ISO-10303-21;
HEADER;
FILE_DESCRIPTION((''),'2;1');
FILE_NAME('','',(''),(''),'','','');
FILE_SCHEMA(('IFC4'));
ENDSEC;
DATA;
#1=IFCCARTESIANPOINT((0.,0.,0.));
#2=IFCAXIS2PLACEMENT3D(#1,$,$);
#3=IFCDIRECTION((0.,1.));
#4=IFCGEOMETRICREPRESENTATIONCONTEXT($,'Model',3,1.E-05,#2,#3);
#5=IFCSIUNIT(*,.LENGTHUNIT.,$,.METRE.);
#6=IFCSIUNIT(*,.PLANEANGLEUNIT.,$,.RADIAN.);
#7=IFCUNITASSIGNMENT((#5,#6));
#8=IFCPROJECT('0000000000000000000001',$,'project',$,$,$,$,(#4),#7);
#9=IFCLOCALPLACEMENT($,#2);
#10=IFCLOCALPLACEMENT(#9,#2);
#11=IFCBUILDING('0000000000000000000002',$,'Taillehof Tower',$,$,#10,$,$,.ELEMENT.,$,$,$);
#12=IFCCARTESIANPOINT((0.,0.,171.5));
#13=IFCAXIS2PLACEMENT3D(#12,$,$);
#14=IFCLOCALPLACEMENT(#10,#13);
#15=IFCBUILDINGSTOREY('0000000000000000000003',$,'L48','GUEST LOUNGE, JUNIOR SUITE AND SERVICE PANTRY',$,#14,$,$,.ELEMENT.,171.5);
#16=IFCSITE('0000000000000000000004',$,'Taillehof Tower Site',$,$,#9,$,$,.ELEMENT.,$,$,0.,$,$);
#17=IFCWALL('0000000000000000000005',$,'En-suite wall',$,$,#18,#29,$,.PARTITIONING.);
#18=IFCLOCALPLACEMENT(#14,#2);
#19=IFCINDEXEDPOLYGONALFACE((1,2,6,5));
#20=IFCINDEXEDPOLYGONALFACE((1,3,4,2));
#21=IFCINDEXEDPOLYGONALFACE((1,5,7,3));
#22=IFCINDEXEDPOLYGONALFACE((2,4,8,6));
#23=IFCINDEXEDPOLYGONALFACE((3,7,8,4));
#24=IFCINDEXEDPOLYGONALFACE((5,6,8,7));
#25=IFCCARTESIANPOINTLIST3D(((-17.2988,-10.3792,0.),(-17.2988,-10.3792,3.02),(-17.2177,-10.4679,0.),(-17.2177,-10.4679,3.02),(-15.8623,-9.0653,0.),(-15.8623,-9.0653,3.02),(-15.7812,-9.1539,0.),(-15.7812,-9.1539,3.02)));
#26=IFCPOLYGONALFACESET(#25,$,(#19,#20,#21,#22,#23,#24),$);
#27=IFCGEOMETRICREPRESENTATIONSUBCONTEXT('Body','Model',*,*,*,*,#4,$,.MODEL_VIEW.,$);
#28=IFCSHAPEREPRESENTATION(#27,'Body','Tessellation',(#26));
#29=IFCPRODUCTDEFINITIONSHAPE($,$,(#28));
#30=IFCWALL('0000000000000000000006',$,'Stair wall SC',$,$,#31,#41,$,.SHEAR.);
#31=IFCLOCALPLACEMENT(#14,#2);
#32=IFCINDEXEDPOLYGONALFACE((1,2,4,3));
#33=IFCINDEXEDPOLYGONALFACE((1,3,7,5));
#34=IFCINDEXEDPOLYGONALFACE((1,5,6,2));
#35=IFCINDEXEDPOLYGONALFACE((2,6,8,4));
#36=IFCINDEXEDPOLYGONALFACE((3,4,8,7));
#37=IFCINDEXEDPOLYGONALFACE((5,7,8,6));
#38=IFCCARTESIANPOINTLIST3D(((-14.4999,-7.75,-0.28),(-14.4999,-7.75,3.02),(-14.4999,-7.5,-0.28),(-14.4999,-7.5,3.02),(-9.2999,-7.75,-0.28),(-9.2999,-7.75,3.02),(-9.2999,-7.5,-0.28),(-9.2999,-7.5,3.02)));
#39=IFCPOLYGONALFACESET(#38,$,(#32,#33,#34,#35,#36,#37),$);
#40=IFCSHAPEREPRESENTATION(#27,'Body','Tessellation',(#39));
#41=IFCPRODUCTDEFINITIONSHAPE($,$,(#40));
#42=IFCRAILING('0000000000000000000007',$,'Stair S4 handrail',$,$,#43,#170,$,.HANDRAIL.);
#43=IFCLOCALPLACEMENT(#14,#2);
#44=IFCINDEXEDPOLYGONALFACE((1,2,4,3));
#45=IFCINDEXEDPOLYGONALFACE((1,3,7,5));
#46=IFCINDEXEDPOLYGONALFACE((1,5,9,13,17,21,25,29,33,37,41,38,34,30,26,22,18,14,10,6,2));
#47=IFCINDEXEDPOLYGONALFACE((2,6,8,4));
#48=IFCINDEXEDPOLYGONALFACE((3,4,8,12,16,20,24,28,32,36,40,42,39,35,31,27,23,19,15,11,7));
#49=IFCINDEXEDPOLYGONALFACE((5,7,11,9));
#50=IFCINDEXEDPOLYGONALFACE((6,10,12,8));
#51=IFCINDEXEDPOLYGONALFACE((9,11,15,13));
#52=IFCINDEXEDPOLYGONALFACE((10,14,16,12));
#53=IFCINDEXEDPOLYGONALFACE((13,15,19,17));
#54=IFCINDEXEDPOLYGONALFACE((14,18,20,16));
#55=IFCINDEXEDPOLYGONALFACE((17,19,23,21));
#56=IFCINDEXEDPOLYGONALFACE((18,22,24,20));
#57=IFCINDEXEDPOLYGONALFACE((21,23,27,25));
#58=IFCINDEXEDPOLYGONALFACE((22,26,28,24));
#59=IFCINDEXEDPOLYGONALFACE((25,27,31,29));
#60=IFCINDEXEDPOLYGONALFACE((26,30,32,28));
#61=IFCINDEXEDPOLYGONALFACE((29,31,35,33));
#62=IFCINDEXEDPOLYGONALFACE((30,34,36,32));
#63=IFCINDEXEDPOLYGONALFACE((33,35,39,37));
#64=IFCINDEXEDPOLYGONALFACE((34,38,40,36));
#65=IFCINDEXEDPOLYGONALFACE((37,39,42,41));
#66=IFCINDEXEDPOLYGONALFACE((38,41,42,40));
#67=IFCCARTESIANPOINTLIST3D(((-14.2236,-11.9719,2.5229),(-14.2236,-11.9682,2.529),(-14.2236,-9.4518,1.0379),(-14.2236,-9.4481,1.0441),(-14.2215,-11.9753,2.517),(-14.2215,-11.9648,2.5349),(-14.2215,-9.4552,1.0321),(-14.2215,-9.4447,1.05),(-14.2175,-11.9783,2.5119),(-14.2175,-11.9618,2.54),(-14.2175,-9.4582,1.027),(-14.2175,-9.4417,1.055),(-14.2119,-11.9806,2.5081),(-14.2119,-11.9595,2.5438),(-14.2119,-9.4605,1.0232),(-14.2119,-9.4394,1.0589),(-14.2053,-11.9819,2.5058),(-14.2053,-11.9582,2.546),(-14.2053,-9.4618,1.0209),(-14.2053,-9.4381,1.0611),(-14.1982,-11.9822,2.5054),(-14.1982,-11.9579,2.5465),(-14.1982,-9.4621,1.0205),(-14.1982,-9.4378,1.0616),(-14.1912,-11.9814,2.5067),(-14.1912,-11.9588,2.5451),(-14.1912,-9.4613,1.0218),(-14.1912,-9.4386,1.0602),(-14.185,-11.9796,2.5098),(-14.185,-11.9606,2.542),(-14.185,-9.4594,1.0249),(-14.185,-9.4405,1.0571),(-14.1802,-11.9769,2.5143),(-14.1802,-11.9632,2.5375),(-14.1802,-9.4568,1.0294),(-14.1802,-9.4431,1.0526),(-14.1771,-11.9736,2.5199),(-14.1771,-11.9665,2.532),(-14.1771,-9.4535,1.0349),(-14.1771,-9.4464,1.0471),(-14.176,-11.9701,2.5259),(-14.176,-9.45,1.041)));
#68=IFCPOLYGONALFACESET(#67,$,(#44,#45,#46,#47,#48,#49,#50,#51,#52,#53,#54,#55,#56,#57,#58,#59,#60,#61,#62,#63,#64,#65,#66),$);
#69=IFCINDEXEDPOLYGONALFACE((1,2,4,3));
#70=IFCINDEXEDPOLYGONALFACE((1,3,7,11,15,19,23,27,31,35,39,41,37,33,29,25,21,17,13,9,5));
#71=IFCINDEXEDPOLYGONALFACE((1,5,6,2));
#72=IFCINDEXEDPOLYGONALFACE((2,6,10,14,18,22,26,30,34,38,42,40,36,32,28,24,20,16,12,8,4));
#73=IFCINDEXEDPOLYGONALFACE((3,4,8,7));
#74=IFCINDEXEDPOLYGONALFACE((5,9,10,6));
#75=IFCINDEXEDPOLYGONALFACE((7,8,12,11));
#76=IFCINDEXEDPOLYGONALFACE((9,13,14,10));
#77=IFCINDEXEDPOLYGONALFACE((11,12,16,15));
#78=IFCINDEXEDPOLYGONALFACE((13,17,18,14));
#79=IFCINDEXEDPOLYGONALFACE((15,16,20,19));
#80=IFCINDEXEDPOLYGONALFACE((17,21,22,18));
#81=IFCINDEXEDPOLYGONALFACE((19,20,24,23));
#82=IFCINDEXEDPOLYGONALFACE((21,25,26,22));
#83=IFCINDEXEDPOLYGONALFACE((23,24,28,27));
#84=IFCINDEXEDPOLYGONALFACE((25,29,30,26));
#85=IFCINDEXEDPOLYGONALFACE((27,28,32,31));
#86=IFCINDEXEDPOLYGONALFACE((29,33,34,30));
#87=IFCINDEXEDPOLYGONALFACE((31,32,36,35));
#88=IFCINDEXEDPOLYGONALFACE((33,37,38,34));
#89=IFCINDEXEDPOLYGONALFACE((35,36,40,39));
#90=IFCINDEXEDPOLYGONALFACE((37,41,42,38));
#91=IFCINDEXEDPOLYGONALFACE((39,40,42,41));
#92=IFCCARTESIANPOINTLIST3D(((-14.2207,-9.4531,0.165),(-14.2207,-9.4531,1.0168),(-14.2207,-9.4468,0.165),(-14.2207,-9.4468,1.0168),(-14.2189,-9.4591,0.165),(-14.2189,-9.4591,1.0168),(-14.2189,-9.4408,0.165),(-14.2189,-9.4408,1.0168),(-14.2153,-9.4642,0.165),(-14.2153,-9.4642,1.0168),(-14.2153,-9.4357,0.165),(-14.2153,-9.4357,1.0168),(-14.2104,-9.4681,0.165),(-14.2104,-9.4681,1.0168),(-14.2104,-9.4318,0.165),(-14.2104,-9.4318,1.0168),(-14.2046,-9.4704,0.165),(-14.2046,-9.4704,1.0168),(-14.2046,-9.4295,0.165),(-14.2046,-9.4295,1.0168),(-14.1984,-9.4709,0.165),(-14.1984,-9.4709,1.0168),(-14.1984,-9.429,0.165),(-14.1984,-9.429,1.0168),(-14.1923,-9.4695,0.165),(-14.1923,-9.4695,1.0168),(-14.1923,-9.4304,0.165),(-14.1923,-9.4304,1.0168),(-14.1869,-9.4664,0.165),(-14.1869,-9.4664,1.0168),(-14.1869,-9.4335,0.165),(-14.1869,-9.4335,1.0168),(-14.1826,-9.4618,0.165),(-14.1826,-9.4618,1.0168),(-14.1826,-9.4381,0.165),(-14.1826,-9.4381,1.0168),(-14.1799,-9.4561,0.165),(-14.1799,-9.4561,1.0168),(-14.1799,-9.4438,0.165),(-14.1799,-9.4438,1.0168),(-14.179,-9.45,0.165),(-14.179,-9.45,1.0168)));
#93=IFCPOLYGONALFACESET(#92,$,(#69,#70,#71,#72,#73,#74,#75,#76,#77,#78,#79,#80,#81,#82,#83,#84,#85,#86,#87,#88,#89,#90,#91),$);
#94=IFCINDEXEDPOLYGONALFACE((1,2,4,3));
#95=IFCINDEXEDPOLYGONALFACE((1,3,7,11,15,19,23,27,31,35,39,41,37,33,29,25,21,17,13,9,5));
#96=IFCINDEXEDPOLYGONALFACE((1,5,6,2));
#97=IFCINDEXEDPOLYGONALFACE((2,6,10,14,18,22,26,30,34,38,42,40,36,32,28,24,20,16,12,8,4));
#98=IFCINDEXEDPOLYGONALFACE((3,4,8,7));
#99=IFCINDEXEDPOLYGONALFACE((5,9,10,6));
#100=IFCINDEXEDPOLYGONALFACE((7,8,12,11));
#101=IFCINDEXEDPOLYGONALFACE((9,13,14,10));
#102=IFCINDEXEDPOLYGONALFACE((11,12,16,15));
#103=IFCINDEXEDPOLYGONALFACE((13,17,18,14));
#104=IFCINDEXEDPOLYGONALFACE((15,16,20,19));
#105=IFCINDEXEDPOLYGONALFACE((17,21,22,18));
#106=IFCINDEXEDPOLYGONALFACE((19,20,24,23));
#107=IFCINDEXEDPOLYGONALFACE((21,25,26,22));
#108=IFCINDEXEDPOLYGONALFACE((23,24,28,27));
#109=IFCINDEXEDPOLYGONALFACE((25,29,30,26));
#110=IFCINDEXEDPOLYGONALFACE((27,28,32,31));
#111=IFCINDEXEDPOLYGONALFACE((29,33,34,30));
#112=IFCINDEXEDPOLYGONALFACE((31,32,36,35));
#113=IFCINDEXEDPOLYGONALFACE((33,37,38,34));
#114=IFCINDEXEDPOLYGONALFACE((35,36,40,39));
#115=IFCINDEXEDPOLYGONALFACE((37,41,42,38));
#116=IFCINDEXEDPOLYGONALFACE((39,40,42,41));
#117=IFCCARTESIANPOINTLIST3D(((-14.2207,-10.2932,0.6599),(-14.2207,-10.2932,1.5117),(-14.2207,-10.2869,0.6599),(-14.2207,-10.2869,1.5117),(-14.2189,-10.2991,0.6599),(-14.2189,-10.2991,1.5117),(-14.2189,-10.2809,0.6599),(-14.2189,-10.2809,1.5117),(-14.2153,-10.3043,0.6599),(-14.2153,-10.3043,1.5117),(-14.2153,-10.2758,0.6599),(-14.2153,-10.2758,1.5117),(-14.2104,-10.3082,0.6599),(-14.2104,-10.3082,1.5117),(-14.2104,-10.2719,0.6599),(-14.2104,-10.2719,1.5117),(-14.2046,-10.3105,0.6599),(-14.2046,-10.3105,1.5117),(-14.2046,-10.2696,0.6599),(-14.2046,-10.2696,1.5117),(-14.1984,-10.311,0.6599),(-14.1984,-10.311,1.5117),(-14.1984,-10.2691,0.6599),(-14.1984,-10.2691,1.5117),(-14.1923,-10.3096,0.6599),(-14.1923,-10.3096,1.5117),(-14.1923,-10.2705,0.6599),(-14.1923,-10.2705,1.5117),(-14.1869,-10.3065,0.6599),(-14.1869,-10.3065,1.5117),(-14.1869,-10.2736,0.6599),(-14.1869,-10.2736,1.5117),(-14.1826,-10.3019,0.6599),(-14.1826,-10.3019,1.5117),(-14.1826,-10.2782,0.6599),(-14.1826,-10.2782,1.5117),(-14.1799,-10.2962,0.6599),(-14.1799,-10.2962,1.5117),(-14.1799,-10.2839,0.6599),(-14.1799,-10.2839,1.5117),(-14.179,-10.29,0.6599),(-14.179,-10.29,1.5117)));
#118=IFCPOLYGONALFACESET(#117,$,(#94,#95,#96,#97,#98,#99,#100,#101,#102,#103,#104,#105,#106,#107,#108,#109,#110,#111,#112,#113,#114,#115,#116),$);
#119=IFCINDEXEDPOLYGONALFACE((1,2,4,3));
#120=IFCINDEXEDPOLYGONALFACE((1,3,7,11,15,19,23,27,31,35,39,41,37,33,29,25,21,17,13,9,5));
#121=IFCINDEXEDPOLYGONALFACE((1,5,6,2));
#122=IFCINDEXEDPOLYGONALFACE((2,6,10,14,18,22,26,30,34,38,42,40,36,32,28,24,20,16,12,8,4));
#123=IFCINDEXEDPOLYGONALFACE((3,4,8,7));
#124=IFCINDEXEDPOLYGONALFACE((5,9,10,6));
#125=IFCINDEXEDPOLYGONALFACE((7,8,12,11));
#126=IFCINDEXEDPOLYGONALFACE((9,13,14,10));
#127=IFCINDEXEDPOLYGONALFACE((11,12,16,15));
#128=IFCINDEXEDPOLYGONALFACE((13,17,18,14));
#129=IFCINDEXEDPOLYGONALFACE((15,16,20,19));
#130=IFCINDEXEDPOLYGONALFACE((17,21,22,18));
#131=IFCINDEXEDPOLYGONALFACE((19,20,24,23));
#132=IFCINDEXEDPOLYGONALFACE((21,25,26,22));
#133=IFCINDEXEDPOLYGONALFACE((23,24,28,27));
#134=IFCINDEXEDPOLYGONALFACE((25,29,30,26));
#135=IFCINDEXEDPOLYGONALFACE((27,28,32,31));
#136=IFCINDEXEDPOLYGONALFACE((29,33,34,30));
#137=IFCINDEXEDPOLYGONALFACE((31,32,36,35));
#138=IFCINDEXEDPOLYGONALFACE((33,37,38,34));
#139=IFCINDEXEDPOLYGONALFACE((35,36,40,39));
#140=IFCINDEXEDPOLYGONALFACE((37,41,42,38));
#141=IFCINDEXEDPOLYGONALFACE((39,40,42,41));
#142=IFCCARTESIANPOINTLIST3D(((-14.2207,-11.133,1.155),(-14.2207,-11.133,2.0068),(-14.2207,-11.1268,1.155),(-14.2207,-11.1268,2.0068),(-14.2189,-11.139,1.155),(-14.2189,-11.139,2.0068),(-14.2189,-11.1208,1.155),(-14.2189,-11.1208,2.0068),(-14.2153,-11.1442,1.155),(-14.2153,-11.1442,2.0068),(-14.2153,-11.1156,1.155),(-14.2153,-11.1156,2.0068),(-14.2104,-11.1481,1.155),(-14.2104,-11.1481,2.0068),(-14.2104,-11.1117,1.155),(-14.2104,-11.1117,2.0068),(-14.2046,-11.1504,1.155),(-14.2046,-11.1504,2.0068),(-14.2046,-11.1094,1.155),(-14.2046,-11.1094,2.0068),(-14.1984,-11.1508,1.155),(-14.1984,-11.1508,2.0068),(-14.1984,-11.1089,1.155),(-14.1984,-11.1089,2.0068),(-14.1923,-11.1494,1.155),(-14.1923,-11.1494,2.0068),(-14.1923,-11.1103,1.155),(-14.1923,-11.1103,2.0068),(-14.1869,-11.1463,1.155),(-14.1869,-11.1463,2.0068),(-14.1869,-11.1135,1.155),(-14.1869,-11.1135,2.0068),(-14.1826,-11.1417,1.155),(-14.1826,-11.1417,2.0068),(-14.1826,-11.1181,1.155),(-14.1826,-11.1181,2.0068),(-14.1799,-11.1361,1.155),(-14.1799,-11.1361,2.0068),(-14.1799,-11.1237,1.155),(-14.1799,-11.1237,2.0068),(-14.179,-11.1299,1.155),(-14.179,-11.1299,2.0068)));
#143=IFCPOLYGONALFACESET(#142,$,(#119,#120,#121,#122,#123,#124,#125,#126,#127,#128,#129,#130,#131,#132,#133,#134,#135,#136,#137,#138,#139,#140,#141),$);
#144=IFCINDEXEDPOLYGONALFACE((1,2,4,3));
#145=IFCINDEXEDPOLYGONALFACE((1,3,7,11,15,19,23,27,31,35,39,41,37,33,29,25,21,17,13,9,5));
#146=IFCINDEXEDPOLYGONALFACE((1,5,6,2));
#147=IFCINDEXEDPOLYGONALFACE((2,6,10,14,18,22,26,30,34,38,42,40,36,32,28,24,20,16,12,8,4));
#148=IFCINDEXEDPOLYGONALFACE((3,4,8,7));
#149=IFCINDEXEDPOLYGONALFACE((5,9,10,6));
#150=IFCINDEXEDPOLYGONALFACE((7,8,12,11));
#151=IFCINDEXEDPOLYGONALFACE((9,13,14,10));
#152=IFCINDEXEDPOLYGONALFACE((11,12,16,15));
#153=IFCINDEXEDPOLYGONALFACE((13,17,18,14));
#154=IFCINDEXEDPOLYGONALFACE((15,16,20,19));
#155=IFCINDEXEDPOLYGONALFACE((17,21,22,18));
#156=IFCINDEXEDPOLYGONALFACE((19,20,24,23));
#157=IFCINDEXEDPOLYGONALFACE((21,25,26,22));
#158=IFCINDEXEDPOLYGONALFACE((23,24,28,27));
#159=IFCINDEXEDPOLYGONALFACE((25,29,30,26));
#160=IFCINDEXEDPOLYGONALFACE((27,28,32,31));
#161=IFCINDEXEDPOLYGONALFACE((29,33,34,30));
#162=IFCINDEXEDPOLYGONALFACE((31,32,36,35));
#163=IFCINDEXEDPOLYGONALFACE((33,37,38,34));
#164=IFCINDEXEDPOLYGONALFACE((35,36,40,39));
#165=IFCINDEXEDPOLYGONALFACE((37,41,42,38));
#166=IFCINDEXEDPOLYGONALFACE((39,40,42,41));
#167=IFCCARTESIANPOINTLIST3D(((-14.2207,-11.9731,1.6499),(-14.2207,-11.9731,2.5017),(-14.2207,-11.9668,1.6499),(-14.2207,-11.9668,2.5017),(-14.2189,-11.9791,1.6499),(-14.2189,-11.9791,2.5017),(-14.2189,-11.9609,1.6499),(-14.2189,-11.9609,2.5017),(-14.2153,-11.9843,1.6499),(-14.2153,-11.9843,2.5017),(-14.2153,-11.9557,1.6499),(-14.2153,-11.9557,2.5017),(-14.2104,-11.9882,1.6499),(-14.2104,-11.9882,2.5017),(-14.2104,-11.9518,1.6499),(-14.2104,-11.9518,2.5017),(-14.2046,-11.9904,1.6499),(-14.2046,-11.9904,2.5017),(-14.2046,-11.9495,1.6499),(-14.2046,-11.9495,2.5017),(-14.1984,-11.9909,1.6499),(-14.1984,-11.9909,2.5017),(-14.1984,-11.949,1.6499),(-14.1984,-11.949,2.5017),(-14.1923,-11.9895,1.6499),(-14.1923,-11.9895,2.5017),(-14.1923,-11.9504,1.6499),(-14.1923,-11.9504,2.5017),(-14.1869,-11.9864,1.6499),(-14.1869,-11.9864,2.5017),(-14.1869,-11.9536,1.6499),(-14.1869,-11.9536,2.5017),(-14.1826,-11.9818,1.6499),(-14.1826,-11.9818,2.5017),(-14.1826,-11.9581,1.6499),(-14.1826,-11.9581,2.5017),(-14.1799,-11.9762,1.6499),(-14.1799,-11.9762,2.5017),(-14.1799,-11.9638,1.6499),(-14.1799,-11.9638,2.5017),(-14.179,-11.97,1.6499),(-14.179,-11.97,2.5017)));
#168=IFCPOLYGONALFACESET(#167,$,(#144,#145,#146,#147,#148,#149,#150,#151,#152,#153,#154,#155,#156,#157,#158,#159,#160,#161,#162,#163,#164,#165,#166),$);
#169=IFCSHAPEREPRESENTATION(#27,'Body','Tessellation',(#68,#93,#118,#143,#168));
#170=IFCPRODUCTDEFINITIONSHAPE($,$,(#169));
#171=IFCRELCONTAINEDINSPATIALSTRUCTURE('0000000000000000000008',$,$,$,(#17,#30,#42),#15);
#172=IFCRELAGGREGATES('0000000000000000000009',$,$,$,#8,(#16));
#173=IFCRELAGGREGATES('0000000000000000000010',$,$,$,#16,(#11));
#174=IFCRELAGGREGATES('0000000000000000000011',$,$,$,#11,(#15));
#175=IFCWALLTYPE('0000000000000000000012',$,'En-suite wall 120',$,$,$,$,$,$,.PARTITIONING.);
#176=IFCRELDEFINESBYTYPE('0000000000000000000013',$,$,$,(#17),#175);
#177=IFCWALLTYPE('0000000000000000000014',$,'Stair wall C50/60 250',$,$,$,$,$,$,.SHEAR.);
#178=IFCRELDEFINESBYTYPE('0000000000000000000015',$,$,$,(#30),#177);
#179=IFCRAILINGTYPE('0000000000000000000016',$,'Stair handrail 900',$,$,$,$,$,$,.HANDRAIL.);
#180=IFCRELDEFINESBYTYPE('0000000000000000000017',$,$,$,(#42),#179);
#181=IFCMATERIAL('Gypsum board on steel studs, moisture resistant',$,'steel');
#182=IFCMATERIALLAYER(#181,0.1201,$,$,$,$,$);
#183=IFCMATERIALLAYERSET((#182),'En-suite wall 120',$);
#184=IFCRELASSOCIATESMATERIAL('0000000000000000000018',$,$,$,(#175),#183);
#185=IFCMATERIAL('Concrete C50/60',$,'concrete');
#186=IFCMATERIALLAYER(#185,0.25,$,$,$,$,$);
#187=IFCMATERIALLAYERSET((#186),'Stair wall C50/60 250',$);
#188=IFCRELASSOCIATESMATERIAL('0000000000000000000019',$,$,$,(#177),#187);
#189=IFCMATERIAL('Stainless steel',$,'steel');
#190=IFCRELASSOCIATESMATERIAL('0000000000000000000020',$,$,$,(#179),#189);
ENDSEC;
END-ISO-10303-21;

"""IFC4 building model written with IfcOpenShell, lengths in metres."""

from ifc_helpers import new_model, si_unit, direction, frame, frame_2d, origin, origin_2d, place, context, subcontext, project, spatial, rectangle, circle, extrude, material, layer, layer_set, type_object, element, save


model = new_model("IFC4")

# Units and contexts
model_context = context("Model", 3, precision=1e-05, world=origin(), true_north=direction((0.0, 1.0)))
body_context = subcontext(model_context, "Body", "Model", "MODEL_VIEW")
ifc_project = project(units=[si_unit("LENGTHUNIT", "METRE"), si_unit("PLANEANGLEUNIT", "RADIAN")], contexts=[model_context])

# Site, building, storey
site_placement = place(None, origin())
site = spatial("IfcSite", under=ifc_project, at=site_placement, Name="Taillehof Tower Site", CompositionType="ELEMENT", RefElevation=0.0)
building_placement = place(site_placement, origin())
building = spatial("IfcBuilding", under=site, at=building_placement, Name="Taillehof Tower", CompositionType="ELEMENT")
storey_placement = place(building_placement, frame((0.0, 0.0, 171.5)))
storey = spatial("IfcBuildingStorey", under=building, at=storey_placement, Name="L48", Description="GUEST LOUNGE, JUNIOR SUITE AND SERVICE PANTRY", CompositionType="ELEMENT", Elevation=171.5)

# Walls
ifc_material_1 = material(Name="Gypsum board on steel studs, moisture resistant", Category="steel")
ifc_layer_1 = layer(ifc_material_1, 0.1201)
ifc_layer_set_1 = layer_set([ifc_layer_1], Name="En-suite wall 120")
wall_type_1 = type_object("IfcWallType", Name="En-suite wall 120", PredefinedType="PARTITIONING", material=ifc_layer_set_1)
wall_1_placement = place(storey_placement, frame((-15.8218, -9.1096, 0.0), z_axis=(0.0, 0.0, 1.0), x_axis=(-0.737882, -0.674929, 0.0)))
element("IfcWall", 1, at=wall_1_placement, inside=storey, type_object=wall_type_1, Name="En-suite wall", PredefinedType="PARTITIONING", context=body_context, shape_type="SweptSolid", body=[
    extrude(rectangle(XDim=1.9468, YDim=0.1201, at=frame_2d((0.9734, 0.0))), origin(), (0.0, 0.0, 1.0), 3.02),
])
ifc_material_2 = material(Name="Concrete C50/60", Category="concrete")
ifc_layer_2 = layer(ifc_material_2, 0.25)
ifc_layer_set_2 = layer_set([ifc_layer_2], Name="Stair wall C50/60 250")
wall_type_2 = type_object("IfcWallType", Name="Stair wall C50/60 250", PredefinedType="SHEAR", material=ifc_layer_set_2)
wall_2_placement = place(storey_placement, frame((-14.5, -7.625, -0.28), z_axis=(0.0, 0.0, 1.0), x_axis=(1.0, 0.0, 0.0)))
element("IfcWall", 2, at=wall_2_placement, inside=storey, type_object=wall_type_2, Name="Stair wall SC", PredefinedType="SHEAR", context=body_context, shape_type="SweptSolid", body=[
    extrude(rectangle(XDim=5.2, YDim=0.25, at=frame_2d((2.6001, 0.0))), origin(), (0.0, 0.0, 1.0), 3.3),
])

# Railing
ifc_material_3 = material(Name="Stainless steel", Category="steel")
railing_type = type_object("IfcRailingType", Name="Stair handrail 900", PredefinedType="HANDRAIL", material=ifc_material_3)
railing_placement = place(storey_placement, frame((-14.2, -9.45, 0.165)))
element("IfcRailing", 3, at=railing_placement, inside=storey, type_object=railing_type, Name="Stair S4 handrail", PredefinedType="HANDRAIL", context=body_context, shape_type="SweptSolid", body=[
    extrude(circle(Radius=0.0239, at=origin_2d()), frame((0.0, 0.0, 0.876), z_axis=(0.0, -0.861561, 0.507655), x_axis=(1.0, 0.0, 0.0)), (0.0, 0.0, 1.0), 2.925),
    extrude(circle(Radius=0.021, at=origin_2d()), origin(), (0.0, 0.0, 1.0), 0.8518),
    extrude(circle(Radius=0.021, at=origin_2d()), frame((0.0, -0.8401, 0.4949)), (0.0, 0.0, 1.0), 0.8518),
    extrude(circle(Radius=0.021, at=origin_2d()), frame((0.0, -1.6799, 0.99)), (0.0, 0.0, 1.0), 0.8518),
    extrude(circle(Radius=0.021, at=origin_2d()), frame((0.0, -2.52, 1.4849)), (0.0, 0.0, 1.0), 0.8518),
])

save(model, "model.ifc")
